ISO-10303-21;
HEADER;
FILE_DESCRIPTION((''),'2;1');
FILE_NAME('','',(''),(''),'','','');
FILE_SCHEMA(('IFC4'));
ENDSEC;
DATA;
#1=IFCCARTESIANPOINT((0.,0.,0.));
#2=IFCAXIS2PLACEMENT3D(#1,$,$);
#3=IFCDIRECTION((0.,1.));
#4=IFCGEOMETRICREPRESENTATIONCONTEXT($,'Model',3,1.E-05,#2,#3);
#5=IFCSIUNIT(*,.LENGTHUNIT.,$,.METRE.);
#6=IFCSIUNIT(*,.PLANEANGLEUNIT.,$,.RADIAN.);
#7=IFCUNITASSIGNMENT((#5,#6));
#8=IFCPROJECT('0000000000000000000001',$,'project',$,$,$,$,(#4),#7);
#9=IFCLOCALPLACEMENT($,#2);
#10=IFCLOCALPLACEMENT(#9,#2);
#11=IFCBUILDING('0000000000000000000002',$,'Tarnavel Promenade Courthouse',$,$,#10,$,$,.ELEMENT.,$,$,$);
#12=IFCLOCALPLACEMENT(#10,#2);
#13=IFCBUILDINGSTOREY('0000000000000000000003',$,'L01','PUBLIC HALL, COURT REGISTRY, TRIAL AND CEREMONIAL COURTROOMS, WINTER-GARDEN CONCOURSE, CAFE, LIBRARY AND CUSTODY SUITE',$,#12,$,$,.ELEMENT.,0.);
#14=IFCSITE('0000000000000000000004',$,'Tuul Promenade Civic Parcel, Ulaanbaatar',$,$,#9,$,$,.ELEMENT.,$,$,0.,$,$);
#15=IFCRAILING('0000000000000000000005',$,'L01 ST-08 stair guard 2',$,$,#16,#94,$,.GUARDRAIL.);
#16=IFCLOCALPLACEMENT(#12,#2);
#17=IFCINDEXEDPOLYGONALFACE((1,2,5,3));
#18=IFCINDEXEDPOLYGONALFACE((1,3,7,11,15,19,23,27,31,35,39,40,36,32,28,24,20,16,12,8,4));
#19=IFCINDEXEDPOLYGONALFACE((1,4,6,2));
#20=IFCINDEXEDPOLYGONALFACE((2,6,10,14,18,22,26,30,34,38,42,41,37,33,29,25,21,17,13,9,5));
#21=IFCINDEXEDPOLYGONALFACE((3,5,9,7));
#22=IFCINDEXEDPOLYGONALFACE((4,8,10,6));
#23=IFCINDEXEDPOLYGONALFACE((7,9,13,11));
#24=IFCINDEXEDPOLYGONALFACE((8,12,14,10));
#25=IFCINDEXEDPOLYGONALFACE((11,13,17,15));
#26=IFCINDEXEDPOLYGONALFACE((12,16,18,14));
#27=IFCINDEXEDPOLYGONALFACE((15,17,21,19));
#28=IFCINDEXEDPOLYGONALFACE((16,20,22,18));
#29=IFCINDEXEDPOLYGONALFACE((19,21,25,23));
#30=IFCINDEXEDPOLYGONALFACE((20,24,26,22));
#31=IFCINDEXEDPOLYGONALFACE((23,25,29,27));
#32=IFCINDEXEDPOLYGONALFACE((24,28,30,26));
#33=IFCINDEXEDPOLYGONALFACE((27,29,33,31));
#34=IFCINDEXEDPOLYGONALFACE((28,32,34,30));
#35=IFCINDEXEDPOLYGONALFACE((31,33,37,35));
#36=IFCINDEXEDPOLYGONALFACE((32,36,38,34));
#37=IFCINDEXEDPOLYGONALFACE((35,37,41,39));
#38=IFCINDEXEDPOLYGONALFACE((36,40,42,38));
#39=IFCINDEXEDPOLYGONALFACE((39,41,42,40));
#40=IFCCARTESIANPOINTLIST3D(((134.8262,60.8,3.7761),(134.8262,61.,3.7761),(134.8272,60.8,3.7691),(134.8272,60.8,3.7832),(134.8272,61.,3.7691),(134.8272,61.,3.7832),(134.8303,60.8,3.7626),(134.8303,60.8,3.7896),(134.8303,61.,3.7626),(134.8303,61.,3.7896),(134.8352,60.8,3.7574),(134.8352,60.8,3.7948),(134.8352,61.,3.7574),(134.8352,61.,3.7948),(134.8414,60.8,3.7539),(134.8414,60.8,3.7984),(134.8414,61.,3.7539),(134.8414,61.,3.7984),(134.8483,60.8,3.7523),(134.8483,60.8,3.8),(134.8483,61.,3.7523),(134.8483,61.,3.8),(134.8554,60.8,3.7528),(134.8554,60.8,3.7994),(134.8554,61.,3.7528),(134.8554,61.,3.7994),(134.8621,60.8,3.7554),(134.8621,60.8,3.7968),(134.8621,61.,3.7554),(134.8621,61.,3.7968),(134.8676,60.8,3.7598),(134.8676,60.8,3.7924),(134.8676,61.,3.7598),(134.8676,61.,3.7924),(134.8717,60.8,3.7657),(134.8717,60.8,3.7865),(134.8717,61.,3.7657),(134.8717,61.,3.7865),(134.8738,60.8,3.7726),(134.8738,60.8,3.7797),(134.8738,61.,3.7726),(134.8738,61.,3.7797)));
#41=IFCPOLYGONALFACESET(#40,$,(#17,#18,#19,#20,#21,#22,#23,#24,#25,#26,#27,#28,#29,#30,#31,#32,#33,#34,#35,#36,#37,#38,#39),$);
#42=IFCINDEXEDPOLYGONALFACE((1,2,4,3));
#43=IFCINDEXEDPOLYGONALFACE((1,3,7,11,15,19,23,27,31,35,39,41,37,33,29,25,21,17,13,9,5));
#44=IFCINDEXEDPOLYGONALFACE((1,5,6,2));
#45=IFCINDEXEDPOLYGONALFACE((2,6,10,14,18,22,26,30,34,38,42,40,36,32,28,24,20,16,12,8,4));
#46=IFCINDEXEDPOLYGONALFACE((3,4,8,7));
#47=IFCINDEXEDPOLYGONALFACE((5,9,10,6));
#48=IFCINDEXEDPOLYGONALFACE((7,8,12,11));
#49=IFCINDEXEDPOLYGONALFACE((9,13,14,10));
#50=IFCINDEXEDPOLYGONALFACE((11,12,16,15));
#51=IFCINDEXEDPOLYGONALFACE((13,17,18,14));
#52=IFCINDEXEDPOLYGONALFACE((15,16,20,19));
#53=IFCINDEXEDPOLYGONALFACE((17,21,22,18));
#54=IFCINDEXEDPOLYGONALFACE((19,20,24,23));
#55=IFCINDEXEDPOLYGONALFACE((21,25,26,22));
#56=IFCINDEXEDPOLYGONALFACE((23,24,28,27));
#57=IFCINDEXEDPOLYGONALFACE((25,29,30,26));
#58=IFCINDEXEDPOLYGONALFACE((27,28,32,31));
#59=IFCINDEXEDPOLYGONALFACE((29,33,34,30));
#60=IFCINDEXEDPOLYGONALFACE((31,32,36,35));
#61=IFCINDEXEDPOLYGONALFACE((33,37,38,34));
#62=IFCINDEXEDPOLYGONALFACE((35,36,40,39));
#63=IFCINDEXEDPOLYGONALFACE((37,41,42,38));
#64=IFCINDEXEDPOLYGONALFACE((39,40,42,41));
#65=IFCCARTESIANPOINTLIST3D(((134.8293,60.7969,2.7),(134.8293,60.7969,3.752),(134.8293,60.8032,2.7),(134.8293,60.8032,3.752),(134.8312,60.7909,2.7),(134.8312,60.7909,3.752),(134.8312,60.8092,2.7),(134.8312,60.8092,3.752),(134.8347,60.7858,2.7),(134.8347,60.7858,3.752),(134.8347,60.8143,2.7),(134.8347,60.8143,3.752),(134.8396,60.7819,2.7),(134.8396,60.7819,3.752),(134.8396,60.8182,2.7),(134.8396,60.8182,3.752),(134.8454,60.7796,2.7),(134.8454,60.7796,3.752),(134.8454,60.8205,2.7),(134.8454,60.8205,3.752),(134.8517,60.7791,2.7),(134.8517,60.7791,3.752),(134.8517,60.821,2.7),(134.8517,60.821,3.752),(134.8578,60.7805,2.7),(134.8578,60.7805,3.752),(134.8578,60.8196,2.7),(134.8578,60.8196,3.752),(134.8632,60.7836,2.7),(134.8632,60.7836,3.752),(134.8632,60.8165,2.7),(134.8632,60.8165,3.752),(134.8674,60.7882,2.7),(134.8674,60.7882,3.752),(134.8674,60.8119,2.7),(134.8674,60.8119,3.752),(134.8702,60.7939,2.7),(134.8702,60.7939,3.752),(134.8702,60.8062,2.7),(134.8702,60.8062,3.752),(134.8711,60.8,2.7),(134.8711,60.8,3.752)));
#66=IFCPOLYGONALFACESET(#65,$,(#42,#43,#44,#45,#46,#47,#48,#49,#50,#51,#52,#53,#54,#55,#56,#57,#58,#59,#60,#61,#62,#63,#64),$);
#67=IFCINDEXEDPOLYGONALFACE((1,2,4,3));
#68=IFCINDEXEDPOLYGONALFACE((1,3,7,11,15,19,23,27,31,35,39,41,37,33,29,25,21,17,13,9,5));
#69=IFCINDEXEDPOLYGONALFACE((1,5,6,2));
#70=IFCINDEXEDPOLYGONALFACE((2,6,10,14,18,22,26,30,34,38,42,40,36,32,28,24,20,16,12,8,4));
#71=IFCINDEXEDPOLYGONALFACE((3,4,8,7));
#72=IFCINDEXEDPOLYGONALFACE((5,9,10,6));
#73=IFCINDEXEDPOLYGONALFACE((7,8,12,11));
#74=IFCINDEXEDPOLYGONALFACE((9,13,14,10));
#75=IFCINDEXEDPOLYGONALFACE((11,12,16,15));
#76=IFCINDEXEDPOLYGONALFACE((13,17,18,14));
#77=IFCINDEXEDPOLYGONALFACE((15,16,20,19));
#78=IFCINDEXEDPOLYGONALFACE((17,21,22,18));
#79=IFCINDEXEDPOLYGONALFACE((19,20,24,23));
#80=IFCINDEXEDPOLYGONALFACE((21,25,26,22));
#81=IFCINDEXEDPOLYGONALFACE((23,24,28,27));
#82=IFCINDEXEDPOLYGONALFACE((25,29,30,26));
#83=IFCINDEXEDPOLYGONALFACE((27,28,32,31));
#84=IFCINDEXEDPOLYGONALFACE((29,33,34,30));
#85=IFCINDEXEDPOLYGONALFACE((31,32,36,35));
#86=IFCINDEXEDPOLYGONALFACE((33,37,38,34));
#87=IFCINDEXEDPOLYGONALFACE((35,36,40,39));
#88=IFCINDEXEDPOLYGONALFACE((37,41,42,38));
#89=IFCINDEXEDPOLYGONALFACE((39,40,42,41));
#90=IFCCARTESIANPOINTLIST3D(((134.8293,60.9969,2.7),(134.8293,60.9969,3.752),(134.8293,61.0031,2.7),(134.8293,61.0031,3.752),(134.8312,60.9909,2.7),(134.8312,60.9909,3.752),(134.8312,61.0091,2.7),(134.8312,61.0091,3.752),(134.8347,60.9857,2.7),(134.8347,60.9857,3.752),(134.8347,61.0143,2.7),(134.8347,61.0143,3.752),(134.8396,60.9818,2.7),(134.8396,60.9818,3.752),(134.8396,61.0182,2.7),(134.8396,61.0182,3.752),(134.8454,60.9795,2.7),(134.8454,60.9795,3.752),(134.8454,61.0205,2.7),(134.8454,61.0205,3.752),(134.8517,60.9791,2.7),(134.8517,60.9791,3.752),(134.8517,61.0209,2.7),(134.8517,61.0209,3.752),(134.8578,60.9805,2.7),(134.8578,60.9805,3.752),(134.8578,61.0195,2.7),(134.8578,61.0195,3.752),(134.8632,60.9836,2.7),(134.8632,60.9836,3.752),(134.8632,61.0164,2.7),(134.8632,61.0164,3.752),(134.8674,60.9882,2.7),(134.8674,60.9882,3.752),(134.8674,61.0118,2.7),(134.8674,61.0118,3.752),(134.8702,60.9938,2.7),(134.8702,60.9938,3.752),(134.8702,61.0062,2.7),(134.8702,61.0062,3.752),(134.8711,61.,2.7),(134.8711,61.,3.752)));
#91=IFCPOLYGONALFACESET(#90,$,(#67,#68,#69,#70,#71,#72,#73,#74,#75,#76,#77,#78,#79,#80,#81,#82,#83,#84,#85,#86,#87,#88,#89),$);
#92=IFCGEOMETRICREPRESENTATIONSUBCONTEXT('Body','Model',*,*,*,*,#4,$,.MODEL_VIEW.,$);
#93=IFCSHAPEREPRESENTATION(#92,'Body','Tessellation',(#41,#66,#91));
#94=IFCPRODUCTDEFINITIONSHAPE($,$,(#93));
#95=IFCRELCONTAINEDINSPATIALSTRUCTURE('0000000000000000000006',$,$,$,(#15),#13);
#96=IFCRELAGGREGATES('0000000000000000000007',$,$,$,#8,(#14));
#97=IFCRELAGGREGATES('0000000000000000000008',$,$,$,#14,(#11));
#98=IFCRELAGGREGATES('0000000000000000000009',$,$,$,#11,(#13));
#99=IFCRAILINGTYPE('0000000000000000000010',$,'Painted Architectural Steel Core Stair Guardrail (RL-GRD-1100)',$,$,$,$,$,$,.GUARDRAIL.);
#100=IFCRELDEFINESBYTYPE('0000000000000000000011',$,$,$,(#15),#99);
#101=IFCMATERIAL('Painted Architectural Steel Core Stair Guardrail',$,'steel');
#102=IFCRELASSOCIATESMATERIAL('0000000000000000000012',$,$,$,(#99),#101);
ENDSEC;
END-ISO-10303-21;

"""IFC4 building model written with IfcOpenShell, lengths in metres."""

from ifc_helpers import new_model, si_unit, direction, frame, origin, origin_2d, place, context, subcontext, project, spatial, circle, extrude, material, type_object, element, save


model = new_model("IFC4")

# Units and contexts
model_context = context("Model", 3, precision=1e-05, world=origin(), true_north=direction((0.0, 1.0)))
body_context = subcontext(model_context, "Body", "Model", "MODEL_VIEW")
ifc_project = project(units=[si_unit("LENGTHUNIT", "METRE"), si_unit("PLANEANGLEUNIT", "RADIAN")], contexts=[model_context])

# Site, building, storey
site_placement = place(None, origin())
site = spatial("IfcSite", under=ifc_project, at=site_placement, Name="Tuul Promenade Civic Parcel, Ulaanbaatar", CompositionType="ELEMENT", RefElevation=0.0)
building_placement = place(site_placement, origin())
building = spatial("IfcBuilding", under=site, at=building_placement, Name="Tarnavel Promenade Courthouse", CompositionType="ELEMENT")
storey_placement = place(building_placement, origin())
storey = spatial("IfcBuildingStorey", under=building, at=storey_placement, Name="L01", Description="PUBLIC HALL, COURT REGISTRY, TRIAL AND CEREMONIAL COURTROOMS, WINTER-GARDEN CONCOURSE, CAFE, LIBRARY AND CUSTODY SUITE", CompositionType="ELEMENT", Elevation=0.0)

# Railing
ifc_material_1 = material(Name="Painted Architectural Steel Core Stair Guardrail", Category="steel")
railing_type_1 = type_object("IfcRailingType", Name="Painted Architectural Steel Core Stair Guardrail (RL-GRD-1100)", PredefinedType="GUARDRAIL", material=ifc_material_1)
railing_1_placement = place(storey_placement, frame((134.8501, 60.8, 2.7)))
element("IfcRailing", 1, at=railing_1_placement, inside=storey, type_object=railing_type_1, Name="L01 ST-08 stair guard 2", PredefinedType="GUARDRAIL", context=body_context, shape_type="SweptSolid", body=[
    extrude(circle(Radius=0.0239, at=origin_2d()), frame((0.0, 0.0, 1.0762), z_axis=(0.0, 1.0, 0.0), x_axis=(-1.0, 0.0, 0.0)), (0.0, 0.0, 1.0), 0.2),
    extrude(circle(Radius=0.021, at=origin_2d()), origin(), (0.0, 0.0, 1.0), 1.052),
    extrude(circle(Radius=0.021, at=origin_2d()), frame((0.0, 0.2, 0.0)), (0.0, 0.0, 1.0), 1.052),
])

save(model, "model.ifc")
